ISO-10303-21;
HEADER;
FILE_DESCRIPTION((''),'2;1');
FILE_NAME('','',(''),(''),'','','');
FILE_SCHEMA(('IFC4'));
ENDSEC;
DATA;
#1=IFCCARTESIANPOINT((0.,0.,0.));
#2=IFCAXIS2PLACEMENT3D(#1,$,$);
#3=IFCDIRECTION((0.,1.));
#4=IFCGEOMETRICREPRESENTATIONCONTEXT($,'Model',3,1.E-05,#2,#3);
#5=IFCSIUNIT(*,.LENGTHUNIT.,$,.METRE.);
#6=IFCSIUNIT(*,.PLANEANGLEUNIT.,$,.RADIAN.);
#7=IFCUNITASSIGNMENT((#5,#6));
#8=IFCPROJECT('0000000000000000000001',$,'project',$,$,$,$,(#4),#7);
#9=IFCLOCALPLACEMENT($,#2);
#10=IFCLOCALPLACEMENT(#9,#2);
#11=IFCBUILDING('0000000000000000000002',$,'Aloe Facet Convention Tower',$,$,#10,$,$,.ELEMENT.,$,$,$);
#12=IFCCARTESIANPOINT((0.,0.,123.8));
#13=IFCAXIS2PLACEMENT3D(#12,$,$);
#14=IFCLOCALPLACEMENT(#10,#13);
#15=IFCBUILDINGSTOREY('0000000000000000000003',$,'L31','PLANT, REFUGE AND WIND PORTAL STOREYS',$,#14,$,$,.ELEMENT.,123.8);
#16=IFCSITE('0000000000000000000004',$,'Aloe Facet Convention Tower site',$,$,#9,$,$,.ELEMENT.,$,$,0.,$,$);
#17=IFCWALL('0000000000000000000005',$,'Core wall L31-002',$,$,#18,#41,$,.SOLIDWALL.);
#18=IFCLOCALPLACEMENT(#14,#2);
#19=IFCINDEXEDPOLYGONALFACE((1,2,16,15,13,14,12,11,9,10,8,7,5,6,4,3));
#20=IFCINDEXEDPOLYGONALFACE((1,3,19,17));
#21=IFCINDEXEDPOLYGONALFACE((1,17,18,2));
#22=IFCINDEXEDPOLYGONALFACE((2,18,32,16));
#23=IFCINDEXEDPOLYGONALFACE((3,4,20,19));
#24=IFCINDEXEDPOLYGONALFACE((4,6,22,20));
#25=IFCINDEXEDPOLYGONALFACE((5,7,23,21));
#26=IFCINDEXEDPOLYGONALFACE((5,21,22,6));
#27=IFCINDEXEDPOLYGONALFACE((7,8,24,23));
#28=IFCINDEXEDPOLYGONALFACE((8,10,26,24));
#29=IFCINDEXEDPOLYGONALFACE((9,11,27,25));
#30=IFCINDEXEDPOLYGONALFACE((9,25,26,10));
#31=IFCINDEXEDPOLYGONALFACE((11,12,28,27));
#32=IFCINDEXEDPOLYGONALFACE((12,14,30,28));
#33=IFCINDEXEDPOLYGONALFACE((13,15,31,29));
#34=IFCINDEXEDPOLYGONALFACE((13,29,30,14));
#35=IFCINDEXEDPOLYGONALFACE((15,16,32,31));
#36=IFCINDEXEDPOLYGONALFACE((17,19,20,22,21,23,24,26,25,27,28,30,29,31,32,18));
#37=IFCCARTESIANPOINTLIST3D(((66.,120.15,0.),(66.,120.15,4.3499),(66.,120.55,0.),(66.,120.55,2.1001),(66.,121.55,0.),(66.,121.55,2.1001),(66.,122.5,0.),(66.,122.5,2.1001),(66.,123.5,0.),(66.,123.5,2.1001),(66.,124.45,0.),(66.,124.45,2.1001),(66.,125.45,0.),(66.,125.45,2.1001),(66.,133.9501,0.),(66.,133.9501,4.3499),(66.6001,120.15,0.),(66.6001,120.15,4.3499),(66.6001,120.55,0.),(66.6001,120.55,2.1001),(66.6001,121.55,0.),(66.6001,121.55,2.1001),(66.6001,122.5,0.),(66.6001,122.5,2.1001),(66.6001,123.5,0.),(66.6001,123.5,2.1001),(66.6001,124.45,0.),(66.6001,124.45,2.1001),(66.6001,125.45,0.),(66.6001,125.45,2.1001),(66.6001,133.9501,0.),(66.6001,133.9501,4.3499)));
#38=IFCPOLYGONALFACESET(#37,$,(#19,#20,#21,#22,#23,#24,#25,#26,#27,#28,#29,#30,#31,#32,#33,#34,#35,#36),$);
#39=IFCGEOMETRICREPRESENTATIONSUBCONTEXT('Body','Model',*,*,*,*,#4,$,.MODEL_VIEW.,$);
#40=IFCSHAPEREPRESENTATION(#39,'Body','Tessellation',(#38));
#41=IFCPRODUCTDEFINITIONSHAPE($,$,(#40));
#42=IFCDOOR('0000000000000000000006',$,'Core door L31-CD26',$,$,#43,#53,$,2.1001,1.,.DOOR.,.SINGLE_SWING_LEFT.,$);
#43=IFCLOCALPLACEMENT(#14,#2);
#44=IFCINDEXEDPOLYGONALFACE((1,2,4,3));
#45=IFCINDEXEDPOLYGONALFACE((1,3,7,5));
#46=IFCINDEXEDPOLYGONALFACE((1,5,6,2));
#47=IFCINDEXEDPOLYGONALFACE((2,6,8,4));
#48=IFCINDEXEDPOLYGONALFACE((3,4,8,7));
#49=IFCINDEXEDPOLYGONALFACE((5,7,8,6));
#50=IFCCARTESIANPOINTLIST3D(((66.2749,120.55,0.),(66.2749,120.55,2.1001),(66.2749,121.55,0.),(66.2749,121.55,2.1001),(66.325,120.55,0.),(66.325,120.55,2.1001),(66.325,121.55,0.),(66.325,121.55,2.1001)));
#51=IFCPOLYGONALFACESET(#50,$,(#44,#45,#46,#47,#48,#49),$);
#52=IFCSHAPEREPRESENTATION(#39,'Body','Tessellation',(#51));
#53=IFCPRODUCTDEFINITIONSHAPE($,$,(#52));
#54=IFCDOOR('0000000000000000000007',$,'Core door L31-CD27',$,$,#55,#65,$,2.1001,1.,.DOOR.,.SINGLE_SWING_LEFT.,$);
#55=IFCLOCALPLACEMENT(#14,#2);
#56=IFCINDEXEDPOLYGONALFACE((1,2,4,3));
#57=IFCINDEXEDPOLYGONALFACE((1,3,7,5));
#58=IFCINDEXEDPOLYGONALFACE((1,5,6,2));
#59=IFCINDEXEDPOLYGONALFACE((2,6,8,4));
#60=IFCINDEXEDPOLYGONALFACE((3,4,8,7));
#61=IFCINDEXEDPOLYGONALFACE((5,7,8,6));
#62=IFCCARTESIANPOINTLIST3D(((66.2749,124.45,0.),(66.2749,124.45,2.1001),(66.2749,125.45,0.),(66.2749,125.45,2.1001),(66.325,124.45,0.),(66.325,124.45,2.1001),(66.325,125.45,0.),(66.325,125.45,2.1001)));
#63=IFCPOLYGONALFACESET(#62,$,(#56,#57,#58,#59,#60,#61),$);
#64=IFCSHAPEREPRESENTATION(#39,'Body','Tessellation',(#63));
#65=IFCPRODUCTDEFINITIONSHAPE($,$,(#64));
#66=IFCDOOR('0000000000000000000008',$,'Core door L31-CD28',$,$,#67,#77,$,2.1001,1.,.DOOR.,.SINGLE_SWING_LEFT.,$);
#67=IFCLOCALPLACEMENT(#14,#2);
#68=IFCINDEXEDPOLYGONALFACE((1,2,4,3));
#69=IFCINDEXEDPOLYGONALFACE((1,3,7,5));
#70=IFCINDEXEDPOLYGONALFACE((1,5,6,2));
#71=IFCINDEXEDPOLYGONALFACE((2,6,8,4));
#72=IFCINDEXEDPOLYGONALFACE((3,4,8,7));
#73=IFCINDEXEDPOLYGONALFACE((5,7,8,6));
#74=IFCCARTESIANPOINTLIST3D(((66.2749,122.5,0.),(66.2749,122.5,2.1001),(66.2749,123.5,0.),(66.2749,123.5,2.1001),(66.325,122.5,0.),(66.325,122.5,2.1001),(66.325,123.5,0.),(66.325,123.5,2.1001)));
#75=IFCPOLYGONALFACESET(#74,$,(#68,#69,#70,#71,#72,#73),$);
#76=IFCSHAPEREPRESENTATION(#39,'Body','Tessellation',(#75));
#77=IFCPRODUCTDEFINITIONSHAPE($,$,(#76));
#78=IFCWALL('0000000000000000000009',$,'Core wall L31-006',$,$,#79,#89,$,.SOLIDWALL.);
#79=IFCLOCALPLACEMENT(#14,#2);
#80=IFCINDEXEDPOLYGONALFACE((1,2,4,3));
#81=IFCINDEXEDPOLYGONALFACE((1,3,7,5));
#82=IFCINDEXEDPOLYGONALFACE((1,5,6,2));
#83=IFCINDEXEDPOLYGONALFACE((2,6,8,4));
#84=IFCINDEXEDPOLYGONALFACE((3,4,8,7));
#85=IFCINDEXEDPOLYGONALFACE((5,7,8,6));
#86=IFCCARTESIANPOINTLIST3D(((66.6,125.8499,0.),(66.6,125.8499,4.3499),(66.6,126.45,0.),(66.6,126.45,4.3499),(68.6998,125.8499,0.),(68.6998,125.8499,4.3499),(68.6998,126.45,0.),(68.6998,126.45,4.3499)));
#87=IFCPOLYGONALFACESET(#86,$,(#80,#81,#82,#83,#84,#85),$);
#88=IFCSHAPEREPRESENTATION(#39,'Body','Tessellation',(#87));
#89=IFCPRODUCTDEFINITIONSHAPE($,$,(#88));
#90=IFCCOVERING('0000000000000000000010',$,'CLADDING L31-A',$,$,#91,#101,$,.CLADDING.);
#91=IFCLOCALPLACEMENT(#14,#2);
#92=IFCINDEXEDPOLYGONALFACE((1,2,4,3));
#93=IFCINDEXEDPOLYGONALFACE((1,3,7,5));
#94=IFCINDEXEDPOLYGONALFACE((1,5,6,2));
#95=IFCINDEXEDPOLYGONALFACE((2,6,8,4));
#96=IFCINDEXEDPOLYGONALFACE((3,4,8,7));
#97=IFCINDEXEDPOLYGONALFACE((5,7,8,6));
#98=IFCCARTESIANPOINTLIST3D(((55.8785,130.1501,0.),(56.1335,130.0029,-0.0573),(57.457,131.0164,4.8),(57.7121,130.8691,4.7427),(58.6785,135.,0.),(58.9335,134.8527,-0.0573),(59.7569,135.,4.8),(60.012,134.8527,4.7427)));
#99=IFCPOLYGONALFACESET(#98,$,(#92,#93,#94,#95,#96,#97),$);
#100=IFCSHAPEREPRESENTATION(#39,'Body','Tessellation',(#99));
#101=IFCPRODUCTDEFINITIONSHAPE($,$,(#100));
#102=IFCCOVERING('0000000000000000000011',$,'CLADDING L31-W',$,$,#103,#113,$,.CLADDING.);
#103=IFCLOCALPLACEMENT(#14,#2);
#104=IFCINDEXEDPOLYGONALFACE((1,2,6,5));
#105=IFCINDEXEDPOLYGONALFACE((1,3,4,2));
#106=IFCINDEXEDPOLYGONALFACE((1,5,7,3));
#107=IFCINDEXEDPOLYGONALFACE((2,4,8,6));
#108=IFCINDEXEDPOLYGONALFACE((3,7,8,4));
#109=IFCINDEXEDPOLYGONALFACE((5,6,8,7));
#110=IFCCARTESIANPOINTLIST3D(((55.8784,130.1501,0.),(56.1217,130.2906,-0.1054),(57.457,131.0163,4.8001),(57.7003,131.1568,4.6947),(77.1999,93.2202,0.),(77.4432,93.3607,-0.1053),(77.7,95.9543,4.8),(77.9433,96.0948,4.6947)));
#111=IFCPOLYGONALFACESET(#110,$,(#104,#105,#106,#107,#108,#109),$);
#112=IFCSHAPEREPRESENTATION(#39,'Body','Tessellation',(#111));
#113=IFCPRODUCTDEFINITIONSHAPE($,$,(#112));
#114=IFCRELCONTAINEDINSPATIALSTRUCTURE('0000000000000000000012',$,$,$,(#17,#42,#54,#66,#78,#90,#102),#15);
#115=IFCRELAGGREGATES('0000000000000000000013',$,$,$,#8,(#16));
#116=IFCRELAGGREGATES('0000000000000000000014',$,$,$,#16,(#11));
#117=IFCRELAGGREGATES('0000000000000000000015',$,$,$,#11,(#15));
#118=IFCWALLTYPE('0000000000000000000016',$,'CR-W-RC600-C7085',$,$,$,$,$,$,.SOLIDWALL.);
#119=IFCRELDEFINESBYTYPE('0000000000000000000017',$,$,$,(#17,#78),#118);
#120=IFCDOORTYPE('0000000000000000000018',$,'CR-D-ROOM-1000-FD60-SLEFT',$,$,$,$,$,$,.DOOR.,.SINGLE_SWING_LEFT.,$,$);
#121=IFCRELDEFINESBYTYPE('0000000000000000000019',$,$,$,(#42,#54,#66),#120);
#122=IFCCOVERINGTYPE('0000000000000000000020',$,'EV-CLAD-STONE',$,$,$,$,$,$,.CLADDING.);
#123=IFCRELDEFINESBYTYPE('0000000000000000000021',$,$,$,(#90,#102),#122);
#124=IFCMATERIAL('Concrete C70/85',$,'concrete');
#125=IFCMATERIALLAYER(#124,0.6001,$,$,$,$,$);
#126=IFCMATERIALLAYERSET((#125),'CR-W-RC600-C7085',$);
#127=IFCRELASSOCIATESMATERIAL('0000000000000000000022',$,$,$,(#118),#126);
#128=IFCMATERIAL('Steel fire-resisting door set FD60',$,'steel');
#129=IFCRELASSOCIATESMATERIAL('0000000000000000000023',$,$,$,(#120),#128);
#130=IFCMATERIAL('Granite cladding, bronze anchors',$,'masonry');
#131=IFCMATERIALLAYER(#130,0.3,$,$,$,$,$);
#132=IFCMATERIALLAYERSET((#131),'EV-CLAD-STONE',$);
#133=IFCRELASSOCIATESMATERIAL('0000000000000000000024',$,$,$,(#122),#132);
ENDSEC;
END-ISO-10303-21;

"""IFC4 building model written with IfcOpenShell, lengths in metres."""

from ifc_helpers import new_model, si_unit, direction, frame, frame_2d, origin, place, context, subcontext, project, spatial, polyline, rectangle, outline, extrude, material, layer, layer_set, type_object, element, fill, save


model = new_model("IFC4")

# Units and contexts
model_context = context("Model", 3, precision=1e-05, world=origin(), true_north=direction((0.0, 1.0)))
body_context = subcontext(model_context, "Body", "Model", "MODEL_VIEW")
ifc_project = project(units=[si_unit("LENGTHUNIT", "METRE"), si_unit("PLANEANGLEUNIT", "RADIAN")], contexts=[model_context])

# Site, building, storey
site_placement = place(None, origin())
site = spatial("IfcSite", under=ifc_project, at=site_placement, Name="Aloe Facet Convention Tower site", CompositionType="ELEMENT", RefElevation=0.0)
building_placement = place(site_placement, origin())
building = spatial("IfcBuilding", under=site, at=building_placement, Name="Aloe Facet Convention Tower", CompositionType="ELEMENT")
storey_placement = place(building_placement, frame((0.0, 0.0, 123.8)))
storey = spatial("IfcBuildingStorey", under=building, at=storey_placement, Name="L31", Description="PLANT, REFUGE AND WIND PORTAL STOREYS", CompositionType="ELEMENT", Elevation=123.8)

# Shared definitions
ifc_material_1 = material(Name="Concrete C70/85", Category="concrete")
ifc_layer_1 = layer(ifc_material_1, 0.6001)
ifc_layer_set_1 = layer_set([ifc_layer_1], Name="CR-W-RC600-C7085")
wall_type_1 = type_object("IfcWallType", Name="CR-W-RC600-C7085", PredefinedType="SOLIDWALL", material=ifc_layer_set_1)

# Wall, openings, doors
wall_1_placement = place(storey_placement, frame((66.3, 133.95, 0.0), z_axis=(0.0, 0.0, 1.0), x_axis=(0.0, -1.0, 0.0)))
wall_1 = element("IfcWall", 1, at=wall_1_placement, inside=storey, type_object=wall_type_1, Name="Core wall L31-002", PredefinedType="SOLIDWALL", context=body_context, shape_type="SweptSolid", body=[
    extrude(rectangle(XDim=13.8, YDim=0.6001, at=frame_2d((6.8999, 0.0))), origin(), (0.0, 0.0, 1.0), 4.3499),
])
opening_1_placement = place(wall_1_placement, frame((12.3999, 0.0, 0.0)))
opening_1 = element("IfcOpeningElement", 2, at=opening_1_placement, cuts=wall_1, PredefinedType="OPENING", context=body_context, shape_type="SweptSolid", body=[
    extrude(rectangle(XDim=1.0, YDim=2.1001, at=frame_2d((0.5, 1.05))), frame((0.0, 0.3101, 0.0), z_axis=(0.0, -1.0, 0.0), x_axis=(1.0, 0.0, 0.0)), (0.0, 0.0, 1.0), 0.6201),
])
opening_2_placement = place(wall_1_placement, frame((8.5, 0.0, 0.0)))
opening_2 = element("IfcOpeningElement", 3, at=opening_2_placement, cuts=wall_1, PredefinedType="OPENING", context=body_context, shape_type="SweptSolid", body=[
    extrude(rectangle(XDim=1.0, YDim=2.1001, at=frame_2d((0.5, 1.05))), frame((0.0, 0.3101, 0.0), z_axis=(0.0, -1.0, 0.0), x_axis=(1.0, 0.0, 0.0)), (0.0, 0.0, 1.0), 0.6201),
])
opening_3_placement = place(wall_1_placement, frame((10.45, 0.0, 0.0)))
opening_3 = element("IfcOpeningElement", 4, at=opening_3_placement, cuts=wall_1, PredefinedType="OPENING", context=body_context, shape_type="SweptSolid", body=[
    extrude(rectangle(XDim=1.0, YDim=2.1001, at=frame_2d((0.5, 1.05))), frame((0.0, 0.3101, 0.0), z_axis=(0.0, -1.0, 0.0), x_axis=(1.0, 0.0, 0.0)), (0.0, 0.0, 1.0), 0.6201),
])
ifc_material_2 = material(Name="Steel fire-resisting door set FD60", Category="steel")
door_type = type_object("IfcDoorType", Name="CR-D-ROOM-1000-FD60-SLEFT", OperationType="SINGLE_SWING_LEFT", PredefinedType="DOOR", material=ifc_material_2)
door_1_placement = place(opening_1_placement, origin())
door_1 = element("IfcDoor", 5, at=door_1_placement, inside=storey, type_object=door_type, Name="Core door L31-CD26", OperationType="SINGLE_SWING_LEFT", OverallHeight=2.1001, OverallWidth=1.0, PredefinedType="DOOR", context=body_context, shape_type="SweptSolid", body=[
    extrude(rectangle(XDim=1.0, YDim=2.1001, at=frame_2d((0.5, 1.05))), frame((0.0, 0.0249, 0.0), z_axis=(0.0, -1.0, 0.0), x_axis=(1.0, 0.0, 0.0)), (0.0, 0.0, 1.0), 0.05),
])
fill(opening_1, door_1)
door_2_placement = place(opening_2_placement, origin())
door_2 = element("IfcDoor", 6, at=door_2_placement, inside=storey, type_object=door_type, Name="Core door L31-CD27", OperationType="SINGLE_SWING_LEFT", OverallHeight=2.1001, OverallWidth=1.0, PredefinedType="DOOR", context=body_context, shape_type="SweptSolid", body=[
    extrude(rectangle(XDim=1.0, YDim=2.1001, at=frame_2d((0.5, 1.05))), frame((0.0, 0.0249, 0.0), z_axis=(0.0, -1.0, 0.0), x_axis=(1.0, 0.0, 0.0)), (0.0, 0.0, 1.0), 0.05),
])
fill(opening_2, door_2)
door_3_placement = place(opening_3_placement, origin())
door_3 = element("IfcDoor", 7, at=door_3_placement, inside=storey, type_object=door_type, Name="Core door L31-CD28", OperationType="SINGLE_SWING_LEFT", OverallHeight=2.1001, OverallWidth=1.0, PredefinedType="DOOR", context=body_context, shape_type="SweptSolid", body=[
    extrude(rectangle(XDim=1.0, YDim=2.1001, at=frame_2d((0.5, 1.05))), frame((0.0, 0.0249, 0.0), z_axis=(0.0, -1.0, 0.0), x_axis=(1.0, 0.0, 0.0)), (0.0, 0.0, 1.0), 0.05),
])
fill(opening_3, door_3)

# Wall
wall_2_placement = place(storey_placement, frame((66.6001, 126.1499, 0.0), z_axis=(0.0, 0.0, 1.0), x_axis=(1.0, 0.0, 0.0)))
element("IfcWall", 8, at=wall_2_placement, inside=storey, type_object=wall_type_1, Name="Core wall L31-006", PredefinedType="SOLIDWALL", context=body_context, shape_type="SweptSolid", body=[
    extrude(rectangle(XDim=2.0999, YDim=0.6001, at=frame_2d((1.0498, 0.0))), origin(), (0.0, 0.0, 1.0), 4.3499),
])

# Coverings
ifc_material_3 = material(Name="Granite cladding, bronze anchors", Category="masonry")
ifc_layer_2 = layer(ifc_material_3, 0.3)
ifc_layer_set_2 = layer_set([ifc_layer_2], Name="EV-CLAD-STONE")
covering_type = type_object("IfcCoveringType", Name="EV-CLAD-STONE", PredefinedType="CLADDING", material=ifc_layer_set_2)
covering_1_placement = place(storey_placement, frame((58.6785, 135.0, 0.0), z_axis=(-0.85009, 0.490784, 0.190993), x_axis=(-0.499988, -0.866032, -0.000002)))
element("IfcCovering", 9, at=covering_1_placement, inside=storey, type_object=covering_type, Name="CLADDING L31-A", PredefinedType="CLADDING", context=body_context, shape_type="SweptSolid", body=[
    extrude(outline(polyline([(0.0, 0.0), (5.6001, 0.0), (4.0607, 4.8901), (-0.5392, 4.8901), (0.0, 0.0)])), origin(), (0.0, 0.0, -1.0), 0.3),
])
covering_2_placement = place(storey_placement, frame((55.8784, 130.1501, 0.0), z_axis=(-0.810878, -0.468159, 0.351146), x_axis=(0.499999, -0.866026, 0.000001)))
element("IfcCovering", 10, at=covering_2_placement, inside=storey, type_object=covering_type, Name="CLADDING L31-W", PredefinedType="CLADDING", context=body_context, shape_type="SweptSolid", body=[
    extrude(outline(polyline([(0.0, 0.0), (42.643, 0.0), (40.5252, 5.1265), (0.0391, 5.1265), (0.0, 0.0)])), origin(), (0.0, 0.0, -1.0), 0.3),
])

save(model, "model.ifc")
